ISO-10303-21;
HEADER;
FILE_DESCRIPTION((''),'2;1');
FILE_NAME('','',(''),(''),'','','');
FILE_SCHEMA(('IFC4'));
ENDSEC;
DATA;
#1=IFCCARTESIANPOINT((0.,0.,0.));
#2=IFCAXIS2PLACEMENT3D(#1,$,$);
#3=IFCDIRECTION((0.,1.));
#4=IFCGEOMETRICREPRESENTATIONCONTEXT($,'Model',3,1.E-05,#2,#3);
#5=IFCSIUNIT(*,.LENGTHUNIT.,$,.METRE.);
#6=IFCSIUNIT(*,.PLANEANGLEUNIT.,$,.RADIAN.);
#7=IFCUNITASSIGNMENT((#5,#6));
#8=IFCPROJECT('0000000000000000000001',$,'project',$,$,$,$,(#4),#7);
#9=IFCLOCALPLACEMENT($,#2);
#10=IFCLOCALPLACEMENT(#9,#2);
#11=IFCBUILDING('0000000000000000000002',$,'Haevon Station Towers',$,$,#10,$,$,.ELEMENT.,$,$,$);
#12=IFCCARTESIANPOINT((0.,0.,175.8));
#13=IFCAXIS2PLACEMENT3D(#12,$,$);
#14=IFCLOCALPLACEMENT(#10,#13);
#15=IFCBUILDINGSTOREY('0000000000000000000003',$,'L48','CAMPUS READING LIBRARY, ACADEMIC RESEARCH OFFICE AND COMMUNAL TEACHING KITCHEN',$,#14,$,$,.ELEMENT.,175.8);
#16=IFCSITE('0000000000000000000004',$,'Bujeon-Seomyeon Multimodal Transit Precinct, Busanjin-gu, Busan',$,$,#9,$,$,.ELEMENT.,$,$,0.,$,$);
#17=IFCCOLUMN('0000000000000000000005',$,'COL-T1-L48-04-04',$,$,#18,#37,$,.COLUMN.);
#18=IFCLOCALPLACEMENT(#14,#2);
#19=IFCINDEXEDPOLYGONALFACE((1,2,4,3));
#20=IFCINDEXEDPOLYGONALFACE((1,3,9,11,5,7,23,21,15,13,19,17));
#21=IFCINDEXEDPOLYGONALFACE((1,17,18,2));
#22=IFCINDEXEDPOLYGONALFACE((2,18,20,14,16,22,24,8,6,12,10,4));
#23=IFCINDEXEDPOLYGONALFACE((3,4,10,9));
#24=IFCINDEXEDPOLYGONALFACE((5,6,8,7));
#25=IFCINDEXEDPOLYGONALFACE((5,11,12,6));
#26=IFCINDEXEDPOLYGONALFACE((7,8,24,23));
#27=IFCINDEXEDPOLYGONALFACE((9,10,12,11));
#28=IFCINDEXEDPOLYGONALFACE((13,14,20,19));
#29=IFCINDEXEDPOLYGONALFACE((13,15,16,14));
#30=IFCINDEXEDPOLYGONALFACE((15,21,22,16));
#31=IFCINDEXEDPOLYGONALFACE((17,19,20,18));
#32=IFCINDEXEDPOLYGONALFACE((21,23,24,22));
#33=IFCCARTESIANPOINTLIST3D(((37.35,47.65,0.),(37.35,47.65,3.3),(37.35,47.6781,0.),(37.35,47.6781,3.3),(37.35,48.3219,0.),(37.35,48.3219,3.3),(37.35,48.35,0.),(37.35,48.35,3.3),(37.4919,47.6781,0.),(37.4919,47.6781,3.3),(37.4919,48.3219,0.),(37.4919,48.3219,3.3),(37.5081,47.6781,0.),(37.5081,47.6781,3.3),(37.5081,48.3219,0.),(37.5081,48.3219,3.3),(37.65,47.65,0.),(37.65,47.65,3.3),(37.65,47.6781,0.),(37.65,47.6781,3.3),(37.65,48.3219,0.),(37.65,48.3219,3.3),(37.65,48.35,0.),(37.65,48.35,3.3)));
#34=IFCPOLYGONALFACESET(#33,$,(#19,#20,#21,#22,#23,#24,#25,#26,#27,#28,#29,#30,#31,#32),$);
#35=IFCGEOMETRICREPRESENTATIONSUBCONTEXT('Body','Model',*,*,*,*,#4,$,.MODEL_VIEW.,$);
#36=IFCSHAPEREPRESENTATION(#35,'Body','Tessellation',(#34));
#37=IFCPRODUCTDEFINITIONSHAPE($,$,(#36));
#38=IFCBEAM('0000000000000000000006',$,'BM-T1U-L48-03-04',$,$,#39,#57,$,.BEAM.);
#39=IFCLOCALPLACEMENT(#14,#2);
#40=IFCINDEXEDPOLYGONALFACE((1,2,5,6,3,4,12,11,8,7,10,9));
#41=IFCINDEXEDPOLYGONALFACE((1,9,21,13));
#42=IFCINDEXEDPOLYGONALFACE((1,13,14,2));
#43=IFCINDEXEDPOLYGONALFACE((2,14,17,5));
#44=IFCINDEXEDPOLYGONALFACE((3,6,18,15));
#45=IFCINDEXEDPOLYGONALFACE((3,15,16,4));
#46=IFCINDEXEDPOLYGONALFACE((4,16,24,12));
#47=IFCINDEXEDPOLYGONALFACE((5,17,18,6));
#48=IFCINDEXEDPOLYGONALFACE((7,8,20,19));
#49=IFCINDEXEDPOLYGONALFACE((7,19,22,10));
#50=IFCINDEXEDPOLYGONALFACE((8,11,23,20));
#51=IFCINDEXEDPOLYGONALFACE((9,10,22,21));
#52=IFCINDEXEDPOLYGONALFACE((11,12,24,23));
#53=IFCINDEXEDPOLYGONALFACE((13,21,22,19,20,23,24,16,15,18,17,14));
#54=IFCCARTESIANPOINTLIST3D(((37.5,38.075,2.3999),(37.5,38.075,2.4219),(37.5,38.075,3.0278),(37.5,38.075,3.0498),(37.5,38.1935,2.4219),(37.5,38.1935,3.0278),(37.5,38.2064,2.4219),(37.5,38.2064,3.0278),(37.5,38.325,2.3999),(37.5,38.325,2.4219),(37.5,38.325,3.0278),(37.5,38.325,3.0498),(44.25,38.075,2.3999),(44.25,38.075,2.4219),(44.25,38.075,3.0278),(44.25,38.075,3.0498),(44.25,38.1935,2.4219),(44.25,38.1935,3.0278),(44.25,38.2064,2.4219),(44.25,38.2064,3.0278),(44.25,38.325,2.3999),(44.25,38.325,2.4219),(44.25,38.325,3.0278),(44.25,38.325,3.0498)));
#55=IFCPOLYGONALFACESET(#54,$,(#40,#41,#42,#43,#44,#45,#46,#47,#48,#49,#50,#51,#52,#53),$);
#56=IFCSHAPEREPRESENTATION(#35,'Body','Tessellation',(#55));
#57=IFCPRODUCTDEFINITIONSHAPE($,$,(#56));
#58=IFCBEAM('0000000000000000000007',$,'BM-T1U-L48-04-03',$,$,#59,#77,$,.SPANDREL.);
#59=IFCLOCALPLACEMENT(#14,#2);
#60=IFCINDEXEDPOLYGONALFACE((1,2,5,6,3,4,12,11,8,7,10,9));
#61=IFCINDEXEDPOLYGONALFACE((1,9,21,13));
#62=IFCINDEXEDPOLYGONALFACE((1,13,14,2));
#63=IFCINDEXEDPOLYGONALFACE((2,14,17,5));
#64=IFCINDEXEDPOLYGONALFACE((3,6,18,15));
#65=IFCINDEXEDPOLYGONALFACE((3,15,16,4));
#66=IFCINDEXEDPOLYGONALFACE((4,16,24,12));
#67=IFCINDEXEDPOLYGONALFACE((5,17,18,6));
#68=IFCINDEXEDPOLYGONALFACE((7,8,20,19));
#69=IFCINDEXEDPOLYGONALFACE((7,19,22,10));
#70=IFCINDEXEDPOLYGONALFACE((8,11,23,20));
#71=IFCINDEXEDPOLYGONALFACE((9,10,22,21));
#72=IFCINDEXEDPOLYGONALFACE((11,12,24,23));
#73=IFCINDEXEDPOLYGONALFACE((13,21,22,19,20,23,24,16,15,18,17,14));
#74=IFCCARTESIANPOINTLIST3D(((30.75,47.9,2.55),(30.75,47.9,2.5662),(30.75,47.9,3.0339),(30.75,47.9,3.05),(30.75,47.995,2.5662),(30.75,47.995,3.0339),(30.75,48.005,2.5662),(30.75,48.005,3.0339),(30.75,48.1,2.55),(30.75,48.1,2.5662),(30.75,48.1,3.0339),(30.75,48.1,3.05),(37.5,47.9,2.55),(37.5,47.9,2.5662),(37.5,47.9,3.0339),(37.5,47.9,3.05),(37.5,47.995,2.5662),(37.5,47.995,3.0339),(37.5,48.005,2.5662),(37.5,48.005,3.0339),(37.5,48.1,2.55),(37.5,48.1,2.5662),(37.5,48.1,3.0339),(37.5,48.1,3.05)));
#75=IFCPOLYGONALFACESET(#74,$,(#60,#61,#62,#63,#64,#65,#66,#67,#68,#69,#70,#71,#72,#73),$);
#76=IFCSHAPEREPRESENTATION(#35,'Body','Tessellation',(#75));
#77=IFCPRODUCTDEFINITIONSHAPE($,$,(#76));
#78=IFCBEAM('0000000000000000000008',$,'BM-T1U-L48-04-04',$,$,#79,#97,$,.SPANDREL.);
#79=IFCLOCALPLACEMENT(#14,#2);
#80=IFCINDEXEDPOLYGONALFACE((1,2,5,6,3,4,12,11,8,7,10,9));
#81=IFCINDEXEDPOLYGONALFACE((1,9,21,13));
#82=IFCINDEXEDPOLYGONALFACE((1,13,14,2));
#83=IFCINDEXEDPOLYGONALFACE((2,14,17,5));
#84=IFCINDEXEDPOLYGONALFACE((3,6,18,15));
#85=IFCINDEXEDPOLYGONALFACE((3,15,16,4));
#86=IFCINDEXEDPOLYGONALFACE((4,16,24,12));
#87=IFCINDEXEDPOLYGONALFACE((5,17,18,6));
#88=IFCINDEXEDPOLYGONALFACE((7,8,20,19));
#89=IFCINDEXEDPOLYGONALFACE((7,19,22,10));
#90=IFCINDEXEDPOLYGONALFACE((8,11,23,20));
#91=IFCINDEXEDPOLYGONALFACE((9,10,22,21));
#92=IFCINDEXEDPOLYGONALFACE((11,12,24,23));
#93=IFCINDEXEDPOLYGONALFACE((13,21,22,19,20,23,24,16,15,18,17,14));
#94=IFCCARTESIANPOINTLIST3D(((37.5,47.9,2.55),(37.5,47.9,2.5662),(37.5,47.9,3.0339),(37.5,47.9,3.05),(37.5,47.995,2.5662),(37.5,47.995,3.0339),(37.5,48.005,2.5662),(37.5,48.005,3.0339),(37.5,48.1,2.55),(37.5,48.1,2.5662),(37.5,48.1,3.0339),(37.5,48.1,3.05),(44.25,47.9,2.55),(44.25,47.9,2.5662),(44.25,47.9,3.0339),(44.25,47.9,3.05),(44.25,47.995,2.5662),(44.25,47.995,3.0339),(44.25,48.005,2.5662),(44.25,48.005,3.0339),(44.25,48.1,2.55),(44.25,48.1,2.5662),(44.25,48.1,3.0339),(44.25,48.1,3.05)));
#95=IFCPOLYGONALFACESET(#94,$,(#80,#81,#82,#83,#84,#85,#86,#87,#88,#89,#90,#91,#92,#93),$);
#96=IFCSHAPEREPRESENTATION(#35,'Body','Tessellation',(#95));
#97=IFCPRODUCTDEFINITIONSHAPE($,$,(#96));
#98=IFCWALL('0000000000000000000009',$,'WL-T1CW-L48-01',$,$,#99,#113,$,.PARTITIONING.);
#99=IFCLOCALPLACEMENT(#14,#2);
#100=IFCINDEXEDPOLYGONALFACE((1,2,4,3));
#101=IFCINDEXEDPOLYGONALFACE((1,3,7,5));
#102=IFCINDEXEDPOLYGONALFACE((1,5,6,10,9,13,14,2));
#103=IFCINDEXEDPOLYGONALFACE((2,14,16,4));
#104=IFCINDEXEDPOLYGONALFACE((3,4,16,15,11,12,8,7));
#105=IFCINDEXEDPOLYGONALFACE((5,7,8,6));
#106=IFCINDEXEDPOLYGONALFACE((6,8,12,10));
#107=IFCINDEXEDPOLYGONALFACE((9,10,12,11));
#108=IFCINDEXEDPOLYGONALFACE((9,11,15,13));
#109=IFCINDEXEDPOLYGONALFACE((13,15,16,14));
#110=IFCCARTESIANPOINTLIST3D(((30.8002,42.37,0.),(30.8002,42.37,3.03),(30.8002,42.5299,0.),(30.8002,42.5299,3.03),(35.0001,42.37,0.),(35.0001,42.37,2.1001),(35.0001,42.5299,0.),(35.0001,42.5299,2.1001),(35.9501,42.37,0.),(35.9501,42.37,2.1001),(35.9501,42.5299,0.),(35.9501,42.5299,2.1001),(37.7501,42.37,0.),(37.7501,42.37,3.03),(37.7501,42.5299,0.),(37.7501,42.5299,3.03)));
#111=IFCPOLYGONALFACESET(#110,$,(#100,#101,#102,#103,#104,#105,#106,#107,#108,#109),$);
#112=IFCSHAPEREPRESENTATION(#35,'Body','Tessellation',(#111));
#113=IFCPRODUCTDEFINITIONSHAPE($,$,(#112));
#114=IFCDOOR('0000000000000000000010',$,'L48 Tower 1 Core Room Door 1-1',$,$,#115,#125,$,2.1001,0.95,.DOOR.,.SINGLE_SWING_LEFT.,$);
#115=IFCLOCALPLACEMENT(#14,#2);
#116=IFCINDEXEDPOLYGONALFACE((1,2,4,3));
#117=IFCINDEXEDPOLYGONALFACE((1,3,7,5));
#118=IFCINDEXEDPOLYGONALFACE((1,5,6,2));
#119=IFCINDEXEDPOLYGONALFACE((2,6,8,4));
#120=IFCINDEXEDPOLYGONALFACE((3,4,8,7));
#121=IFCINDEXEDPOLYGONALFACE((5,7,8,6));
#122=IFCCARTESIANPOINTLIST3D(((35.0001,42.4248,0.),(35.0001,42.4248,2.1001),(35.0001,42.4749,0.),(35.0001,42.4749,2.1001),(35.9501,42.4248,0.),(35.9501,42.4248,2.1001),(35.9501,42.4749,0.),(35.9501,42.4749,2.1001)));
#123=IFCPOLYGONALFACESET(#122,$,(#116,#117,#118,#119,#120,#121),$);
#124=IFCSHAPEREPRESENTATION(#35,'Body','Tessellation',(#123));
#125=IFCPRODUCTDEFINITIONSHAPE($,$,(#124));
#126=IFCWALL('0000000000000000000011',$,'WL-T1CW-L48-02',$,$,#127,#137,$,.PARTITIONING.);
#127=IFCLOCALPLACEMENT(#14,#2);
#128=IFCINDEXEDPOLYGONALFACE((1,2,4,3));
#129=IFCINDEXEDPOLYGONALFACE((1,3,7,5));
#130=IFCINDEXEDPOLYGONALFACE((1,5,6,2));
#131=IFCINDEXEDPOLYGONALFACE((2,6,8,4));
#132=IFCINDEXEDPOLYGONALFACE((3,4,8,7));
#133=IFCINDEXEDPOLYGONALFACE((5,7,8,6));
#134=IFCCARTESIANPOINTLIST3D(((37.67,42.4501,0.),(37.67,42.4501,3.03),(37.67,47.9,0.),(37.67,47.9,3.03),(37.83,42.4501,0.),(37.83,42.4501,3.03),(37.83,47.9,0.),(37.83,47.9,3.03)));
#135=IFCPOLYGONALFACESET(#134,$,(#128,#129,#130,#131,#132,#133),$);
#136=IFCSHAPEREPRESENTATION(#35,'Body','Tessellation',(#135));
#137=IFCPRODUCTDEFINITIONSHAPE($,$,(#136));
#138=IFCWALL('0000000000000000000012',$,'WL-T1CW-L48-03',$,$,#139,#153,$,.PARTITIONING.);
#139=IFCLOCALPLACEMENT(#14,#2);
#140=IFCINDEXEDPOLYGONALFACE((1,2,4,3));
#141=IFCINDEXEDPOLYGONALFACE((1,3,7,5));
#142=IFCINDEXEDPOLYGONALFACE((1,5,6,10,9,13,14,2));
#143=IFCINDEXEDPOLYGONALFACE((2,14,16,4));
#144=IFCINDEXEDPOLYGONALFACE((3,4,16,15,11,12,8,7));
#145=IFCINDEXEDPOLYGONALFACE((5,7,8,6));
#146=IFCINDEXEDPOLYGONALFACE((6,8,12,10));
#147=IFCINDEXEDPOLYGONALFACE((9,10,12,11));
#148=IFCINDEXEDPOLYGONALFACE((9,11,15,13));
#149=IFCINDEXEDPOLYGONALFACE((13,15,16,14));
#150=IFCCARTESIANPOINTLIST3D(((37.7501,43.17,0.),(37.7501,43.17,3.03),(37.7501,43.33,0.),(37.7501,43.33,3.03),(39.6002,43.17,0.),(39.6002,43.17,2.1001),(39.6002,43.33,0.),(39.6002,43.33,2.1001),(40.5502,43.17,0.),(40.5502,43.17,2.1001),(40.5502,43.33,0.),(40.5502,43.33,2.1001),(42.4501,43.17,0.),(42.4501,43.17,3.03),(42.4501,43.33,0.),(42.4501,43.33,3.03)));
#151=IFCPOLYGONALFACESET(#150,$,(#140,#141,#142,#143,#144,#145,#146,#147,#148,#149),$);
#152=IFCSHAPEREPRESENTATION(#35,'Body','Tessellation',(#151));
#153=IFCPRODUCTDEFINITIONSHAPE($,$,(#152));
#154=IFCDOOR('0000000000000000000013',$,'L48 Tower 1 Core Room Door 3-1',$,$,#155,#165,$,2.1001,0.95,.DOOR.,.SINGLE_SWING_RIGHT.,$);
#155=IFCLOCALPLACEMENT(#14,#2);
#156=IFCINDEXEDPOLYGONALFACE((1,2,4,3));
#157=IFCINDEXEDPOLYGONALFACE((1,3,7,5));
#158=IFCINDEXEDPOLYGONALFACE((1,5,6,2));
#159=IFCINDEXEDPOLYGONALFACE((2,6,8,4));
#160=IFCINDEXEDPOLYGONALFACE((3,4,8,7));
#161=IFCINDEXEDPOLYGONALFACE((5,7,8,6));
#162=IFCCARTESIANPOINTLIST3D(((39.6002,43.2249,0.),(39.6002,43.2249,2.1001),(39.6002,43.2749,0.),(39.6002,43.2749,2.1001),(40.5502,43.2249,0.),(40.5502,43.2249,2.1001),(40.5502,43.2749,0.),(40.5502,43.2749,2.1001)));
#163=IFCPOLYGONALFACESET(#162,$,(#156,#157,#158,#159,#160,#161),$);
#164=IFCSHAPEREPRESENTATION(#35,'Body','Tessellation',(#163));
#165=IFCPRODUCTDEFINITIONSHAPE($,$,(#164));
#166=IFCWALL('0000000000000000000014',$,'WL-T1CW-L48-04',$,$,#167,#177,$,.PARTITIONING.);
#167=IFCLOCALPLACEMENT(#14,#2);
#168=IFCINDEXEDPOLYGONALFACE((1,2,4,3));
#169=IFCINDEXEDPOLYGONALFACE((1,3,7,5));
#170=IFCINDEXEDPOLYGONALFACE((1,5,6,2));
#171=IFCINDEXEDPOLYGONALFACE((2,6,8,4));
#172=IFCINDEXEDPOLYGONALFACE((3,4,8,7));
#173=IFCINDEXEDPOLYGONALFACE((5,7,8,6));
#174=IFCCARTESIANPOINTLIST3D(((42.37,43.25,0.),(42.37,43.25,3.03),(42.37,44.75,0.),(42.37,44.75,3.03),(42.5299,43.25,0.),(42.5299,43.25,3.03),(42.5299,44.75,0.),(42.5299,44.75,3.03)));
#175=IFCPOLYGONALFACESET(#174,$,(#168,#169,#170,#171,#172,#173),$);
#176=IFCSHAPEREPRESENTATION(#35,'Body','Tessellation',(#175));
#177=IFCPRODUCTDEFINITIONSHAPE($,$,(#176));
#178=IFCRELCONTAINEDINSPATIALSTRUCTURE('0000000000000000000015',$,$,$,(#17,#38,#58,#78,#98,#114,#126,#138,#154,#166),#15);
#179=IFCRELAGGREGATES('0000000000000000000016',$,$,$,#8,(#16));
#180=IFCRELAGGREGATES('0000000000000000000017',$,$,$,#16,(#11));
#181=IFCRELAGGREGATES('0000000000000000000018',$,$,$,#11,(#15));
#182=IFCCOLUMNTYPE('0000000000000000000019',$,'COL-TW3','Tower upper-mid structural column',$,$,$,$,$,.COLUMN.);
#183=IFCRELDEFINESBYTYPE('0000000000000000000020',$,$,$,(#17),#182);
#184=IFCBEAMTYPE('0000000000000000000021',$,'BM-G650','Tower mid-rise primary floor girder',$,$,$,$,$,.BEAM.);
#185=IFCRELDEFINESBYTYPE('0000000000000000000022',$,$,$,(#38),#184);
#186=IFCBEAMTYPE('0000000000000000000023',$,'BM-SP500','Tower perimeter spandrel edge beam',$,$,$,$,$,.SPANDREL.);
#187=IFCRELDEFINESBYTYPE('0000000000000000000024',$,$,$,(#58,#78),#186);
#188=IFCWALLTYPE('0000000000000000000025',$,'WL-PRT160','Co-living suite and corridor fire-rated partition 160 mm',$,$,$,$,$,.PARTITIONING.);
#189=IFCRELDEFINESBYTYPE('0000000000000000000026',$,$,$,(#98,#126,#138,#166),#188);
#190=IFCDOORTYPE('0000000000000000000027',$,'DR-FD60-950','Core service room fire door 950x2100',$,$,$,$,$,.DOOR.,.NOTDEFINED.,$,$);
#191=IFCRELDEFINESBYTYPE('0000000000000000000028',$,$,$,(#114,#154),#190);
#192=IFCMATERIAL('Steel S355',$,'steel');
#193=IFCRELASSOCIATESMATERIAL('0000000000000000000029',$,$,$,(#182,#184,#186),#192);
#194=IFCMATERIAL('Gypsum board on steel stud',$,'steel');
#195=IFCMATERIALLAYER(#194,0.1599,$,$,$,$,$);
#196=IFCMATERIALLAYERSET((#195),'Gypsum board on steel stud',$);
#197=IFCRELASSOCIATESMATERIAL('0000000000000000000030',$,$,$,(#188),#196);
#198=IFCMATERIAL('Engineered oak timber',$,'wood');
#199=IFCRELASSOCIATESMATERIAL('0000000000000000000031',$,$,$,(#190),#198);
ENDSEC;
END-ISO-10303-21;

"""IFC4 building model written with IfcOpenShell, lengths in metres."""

from ifc_helpers import new_model, si_unit, direction, frame, frame_2d, origin, origin_2d, place, context, subcontext, project, spatial, rectangle, i_section, extrude, material, layer, layer_set, material_profile, profile_set, type_object, element, fill, save


model = new_model("IFC4")

# Units and contexts
model_context = context("Model", 3, precision=1e-05, world=origin(), true_north=direction((0.0, 1.0)))
body_context = subcontext(model_context, "Body", "Model", "MODEL_VIEW")
ifc_project = project(units=[si_unit("LENGTHUNIT", "METRE"), si_unit("PLANEANGLEUNIT", "RADIAN")], contexts=[model_context])

# Site, building, storey
site_placement = place(None, origin())
site = spatial("IfcSite", under=ifc_project, at=site_placement, Name="Bujeon-Seomyeon Multimodal Transit Precinct, Busanjin-gu, Busan", CompositionType="ELEMENT", RefElevation=0.0)
building_placement = place(site_placement, origin())
building = spatial("IfcBuilding", under=site, at=building_placement, Name="Haevon Station Towers", CompositionType="ELEMENT")
storey_placement = place(building_placement, frame((0.0, 0.0, 175.8)))
storey = spatial("IfcBuildingStorey", under=building, at=storey_placement, Name="L48", Description="CAMPUS READING LIBRARY, ACADEMIC RESEARCH OFFICE AND COMMUNAL TEACHING KITCHEN", CompositionType="ELEMENT", Elevation=175.8)

# Column
ifc_material_1 = material(Name="Steel S355", Category="steel")
ifc_material_profile_1 = material_profile(ifc_material_1, i_section(OverallWidth=0.3, OverallDepth=0.7, WebThickness=0.0161, FlangeThickness=0.0281, at=origin_2d()), Name="H-700x300x16x28")
ifc_profile_set_1 = profile_set([ifc_material_profile_1], Name="Steel S355")
column_type = type_object("IfcColumnType", Name="COL-TW3", Description="Tower upper-mid structural column", PredefinedType="COLUMN", material=ifc_profile_set_1)
column_placement = place(storey_placement, frame((37.5, 48.0, 0.0), z_axis=(0.0, 0.0, 1.0), x_axis=(1.0, 0.0, 0.0)))
element("IfcColumn", 1, at=column_placement, inside=storey, type_object=column_type, Name="COL-T1-L48-04-04", PredefinedType="COLUMN", context=body_context, shape_type="SweptSolid", body=[
    extrude(i_section(OverallWidth=0.3, OverallDepth=0.7, WebThickness=0.0161, FlangeThickness=0.0281, at=origin_2d()), origin(), (0.0, 0.0, 1.0), 3.3),
])

# Beams
ifc_material_profile_2 = material_profile(ifc_material_1, i_section(OverallWidth=0.25, OverallDepth=0.6499, WebThickness=0.0129, FlangeThickness=0.022, at=origin_2d()), Name="H-650x250x13x22")
ifc_profile_set_2 = profile_set([ifc_material_profile_2], Name="Steel S355")
beam_type_1 = type_object("IfcBeamType", Name="BM-G650", Description="Tower mid-rise primary floor girder", PredefinedType="BEAM", material=ifc_profile_set_2)
beam_placement = place(storey_placement, frame((37.5, 38.2, 2.7249), z_axis=(1.0, 0.0, 0.0), x_axis=(0.0, 1.0, 0.0)))
element("IfcBeam", 2, at=beam_placement, inside=storey, type_object=beam_type_1, Name="BM-T1U-L48-03-04", PredefinedType="BEAM", context=body_context, shape_type="SweptSolid", body=[
    extrude(i_section(OverallWidth=0.25, OverallDepth=0.6499, WebThickness=0.0129, FlangeThickness=0.022, at=origin_2d()), origin(), (0.0, 0.0, 1.0), 6.75),
])
ifc_material_profile_3 = material_profile(ifc_material_1, i_section(OverallWidth=0.2, OverallDepth=0.5, WebThickness=0.01, FlangeThickness=0.0161, at=origin_2d()), Name="H-500x200x10x16")
ifc_profile_set_3 = profile_set([ifc_material_profile_3], Name="Steel S355")
beam_type_2 = type_object("IfcBeamType", Name="BM-SP500", Description="Tower perimeter spandrel edge beam", PredefinedType="SPANDREL", material=ifc_profile_set_3)
for number, where, z_axis, x_axis, name in (
    (3, (30.75, 48.0, 2.8), (1.0, 0.0, 0.0), (0.0, 1.0, 0.0), "BM-T1U-L48-04-03"),
    (4, (37.5, 48.0, 2.8), (1.0, 0.0, 0.0), (0.0, 1.0, 0.0), "BM-T1U-L48-04-04"),
):
    element("IfcBeam", number, at=place(storey_placement, frame(where, z_axis=z_axis, x_axis=x_axis)), inside=storey, type_object=beam_type_2, Name=name, PredefinedType="SPANDREL", context=body_context, shape_type="SweptSolid", body=[
        extrude(i_section(OverallWidth=0.2, OverallDepth=0.5, WebThickness=0.01, FlangeThickness=0.0161, at=origin_2d()), origin(), (0.0, 0.0, 1.0), 6.75),
    ])

# Wall, opening, door
ifc_material_2 = material(Name="Gypsum board on steel stud", Category="steel")
ifc_layer_1 = layer(ifc_material_2, 0.1599)
ifc_layer_set_1 = layer_set([ifc_layer_1], Name="Gypsum board on steel stud")
wall_type_1 = type_object("IfcWallType", Name="WL-PRT160", Description="Co-living suite and corridor fire-rated partition 160 mm", PredefinedType="PARTITIONING", material=ifc_layer_set_1)
wall_1_placement = place(storey_placement, frame((30.8, 42.45, 0.0), z_axis=(0.0, 0.0, 1.0), x_axis=(1.0, 0.0, 0.0)))
wall_1 = element("IfcWall", 5, at=wall_1_placement, inside=storey, type_object=wall_type_1, Name="WL-T1CW-L48-01", PredefinedType="PARTITIONING", context=body_context, shape_type="SweptSolid", body=[
    extrude(rectangle(XDim=6.95, YDim=0.1599, at=frame_2d((3.4751, 0.0))), origin(), (0.0, 0.0, 1.0), 3.03),
])
opening_1_placement = place(wall_1_placement, frame((4.2, 0.0, 0.0)))
opening_1 = element("IfcOpeningElement", 6, at=opening_1_placement, cuts=wall_1, PredefinedType="OPENING", context=body_context, shape_type="SweptSolid", body=[
    extrude(rectangle(XDim=0.95, YDim=2.1001, at=frame_2d((0.4751, 1.05))), frame((0.0, 0.0898, 0.0), z_axis=(0.0, -1.0, 0.0), x_axis=(1.0, 0.0, 0.0)), (0.0, 0.0, 1.0), 0.1799),
])
ifc_material_3 = material(Name="Engineered oak timber", Category="wood")
door_type_1 = type_object("IfcDoorType", Name="DR-FD60-950", Description="Core service room fire door 950x2100", OperationType="NOTDEFINED", PredefinedType="DOOR", material=ifc_material_3)
door_1_placement = place(opening_1_placement, origin())
door_1 = element("IfcDoor", 7, at=door_1_placement, inside=storey, type_object=door_type_1, Name="L48 Tower 1 Core Room Door 1-1", OperationType="SINGLE_SWING_LEFT", OverallHeight=2.1001, OverallWidth=0.95, PredefinedType="DOOR", context=body_context, shape_type="SweptSolid", body=[
    extrude(rectangle(XDim=0.95, YDim=2.1001, at=frame_2d((0.4751, 1.05))), frame((0.0, 0.0249, 0.0), z_axis=(0.0, -1.0, 0.0), x_axis=(1.0, 0.0, 0.0)), (0.0, 0.0, 1.0), 0.05),
])
fill(opening_1, door_1)

# Wall
wall_2_placement = place(storey_placement, frame((37.75, 42.45, 0.0), z_axis=(0.0, 0.0, 1.0), x_axis=(0.0, 1.0, 0.0)))
element("IfcWall", 8, at=wall_2_placement, inside=storey, type_object=wall_type_1, Name="WL-T1CW-L48-02", PredefinedType="PARTITIONING", context=body_context, shape_type="SweptSolid", body=[
    extrude(rectangle(XDim=5.45, YDim=0.1599, at=frame_2d((2.7251, 0.0))), origin(), (0.0, 0.0, 1.0), 3.03),
])

# Wall, opening, door
wall_3_placement = place(storey_placement, frame((37.75, 43.25, 0.0), z_axis=(0.0, 0.0, 1.0), x_axis=(1.0, 0.0, 0.0)))
wall_3 = element("IfcWall", 9, at=wall_3_placement, inside=storey, type_object=wall_type_1, Name="WL-T1CW-L48-03", PredefinedType="PARTITIONING", context=body_context, shape_type="SweptSolid", body=[
    extrude(rectangle(XDim=4.7, YDim=0.1599, at=frame_2d((2.3501, 0.0))), origin(), (0.0, 0.0, 1.0), 3.03),
])
opening_2_placement = place(wall_3_placement, frame((1.8501, 0.0, 0.0)))
opening_2 = element("IfcOpeningElement", 10, at=opening_2_placement, cuts=wall_3, PredefinedType="OPENING", context=body_context, shape_type="SweptSolid", body=[
    extrude(rectangle(XDim=0.95, YDim=2.1001, at=frame_2d((0.4751, 1.05))), frame((0.0, 0.0898, 0.0), z_axis=(0.0, -1.0, 0.0), x_axis=(1.0, 0.0, 0.0)), (0.0, 0.0, 1.0), 0.1799),
])
door_2_placement = place(opening_2_placement, origin())
door_2 = element("IfcDoor", 11, at=door_2_placement, inside=storey, type_object=door_type_1, Name="L48 Tower 1 Core Room Door 3-1", OperationType="SINGLE_SWING_RIGHT", OverallHeight=2.1001, OverallWidth=0.95, PredefinedType="DOOR", context=body_context, shape_type="SweptSolid", body=[
    extrude(rectangle(XDim=0.95, YDim=2.1001, at=frame_2d((0.4751, 1.05))), frame((0.0, 0.0249, 0.0), z_axis=(0.0, -1.0, 0.0), x_axis=(1.0, 0.0, 0.0)), (0.0, 0.0, 1.0), 0.05),
])
fill(opening_2, door_2)

# Wall
wall_4_placement = place(storey_placement, frame((42.45, 43.25, 0.0), z_axis=(0.0, 0.0, 1.0), x_axis=(0.0, 1.0, 0.0)))
element("IfcWall", 12, at=wall_4_placement, inside=storey, type_object=wall_type_1, Name="WL-T1CW-L48-04", PredefinedType="PARTITIONING", context=body_context, shape_type="SweptSolid", body=[
    extrude(rectangle(XDim=1.5, YDim=0.1599, at=frame_2d((0.75, 0.0))), origin(), (0.0, 0.0, 1.0), 3.03),
])

save(model, "model.ifc")
